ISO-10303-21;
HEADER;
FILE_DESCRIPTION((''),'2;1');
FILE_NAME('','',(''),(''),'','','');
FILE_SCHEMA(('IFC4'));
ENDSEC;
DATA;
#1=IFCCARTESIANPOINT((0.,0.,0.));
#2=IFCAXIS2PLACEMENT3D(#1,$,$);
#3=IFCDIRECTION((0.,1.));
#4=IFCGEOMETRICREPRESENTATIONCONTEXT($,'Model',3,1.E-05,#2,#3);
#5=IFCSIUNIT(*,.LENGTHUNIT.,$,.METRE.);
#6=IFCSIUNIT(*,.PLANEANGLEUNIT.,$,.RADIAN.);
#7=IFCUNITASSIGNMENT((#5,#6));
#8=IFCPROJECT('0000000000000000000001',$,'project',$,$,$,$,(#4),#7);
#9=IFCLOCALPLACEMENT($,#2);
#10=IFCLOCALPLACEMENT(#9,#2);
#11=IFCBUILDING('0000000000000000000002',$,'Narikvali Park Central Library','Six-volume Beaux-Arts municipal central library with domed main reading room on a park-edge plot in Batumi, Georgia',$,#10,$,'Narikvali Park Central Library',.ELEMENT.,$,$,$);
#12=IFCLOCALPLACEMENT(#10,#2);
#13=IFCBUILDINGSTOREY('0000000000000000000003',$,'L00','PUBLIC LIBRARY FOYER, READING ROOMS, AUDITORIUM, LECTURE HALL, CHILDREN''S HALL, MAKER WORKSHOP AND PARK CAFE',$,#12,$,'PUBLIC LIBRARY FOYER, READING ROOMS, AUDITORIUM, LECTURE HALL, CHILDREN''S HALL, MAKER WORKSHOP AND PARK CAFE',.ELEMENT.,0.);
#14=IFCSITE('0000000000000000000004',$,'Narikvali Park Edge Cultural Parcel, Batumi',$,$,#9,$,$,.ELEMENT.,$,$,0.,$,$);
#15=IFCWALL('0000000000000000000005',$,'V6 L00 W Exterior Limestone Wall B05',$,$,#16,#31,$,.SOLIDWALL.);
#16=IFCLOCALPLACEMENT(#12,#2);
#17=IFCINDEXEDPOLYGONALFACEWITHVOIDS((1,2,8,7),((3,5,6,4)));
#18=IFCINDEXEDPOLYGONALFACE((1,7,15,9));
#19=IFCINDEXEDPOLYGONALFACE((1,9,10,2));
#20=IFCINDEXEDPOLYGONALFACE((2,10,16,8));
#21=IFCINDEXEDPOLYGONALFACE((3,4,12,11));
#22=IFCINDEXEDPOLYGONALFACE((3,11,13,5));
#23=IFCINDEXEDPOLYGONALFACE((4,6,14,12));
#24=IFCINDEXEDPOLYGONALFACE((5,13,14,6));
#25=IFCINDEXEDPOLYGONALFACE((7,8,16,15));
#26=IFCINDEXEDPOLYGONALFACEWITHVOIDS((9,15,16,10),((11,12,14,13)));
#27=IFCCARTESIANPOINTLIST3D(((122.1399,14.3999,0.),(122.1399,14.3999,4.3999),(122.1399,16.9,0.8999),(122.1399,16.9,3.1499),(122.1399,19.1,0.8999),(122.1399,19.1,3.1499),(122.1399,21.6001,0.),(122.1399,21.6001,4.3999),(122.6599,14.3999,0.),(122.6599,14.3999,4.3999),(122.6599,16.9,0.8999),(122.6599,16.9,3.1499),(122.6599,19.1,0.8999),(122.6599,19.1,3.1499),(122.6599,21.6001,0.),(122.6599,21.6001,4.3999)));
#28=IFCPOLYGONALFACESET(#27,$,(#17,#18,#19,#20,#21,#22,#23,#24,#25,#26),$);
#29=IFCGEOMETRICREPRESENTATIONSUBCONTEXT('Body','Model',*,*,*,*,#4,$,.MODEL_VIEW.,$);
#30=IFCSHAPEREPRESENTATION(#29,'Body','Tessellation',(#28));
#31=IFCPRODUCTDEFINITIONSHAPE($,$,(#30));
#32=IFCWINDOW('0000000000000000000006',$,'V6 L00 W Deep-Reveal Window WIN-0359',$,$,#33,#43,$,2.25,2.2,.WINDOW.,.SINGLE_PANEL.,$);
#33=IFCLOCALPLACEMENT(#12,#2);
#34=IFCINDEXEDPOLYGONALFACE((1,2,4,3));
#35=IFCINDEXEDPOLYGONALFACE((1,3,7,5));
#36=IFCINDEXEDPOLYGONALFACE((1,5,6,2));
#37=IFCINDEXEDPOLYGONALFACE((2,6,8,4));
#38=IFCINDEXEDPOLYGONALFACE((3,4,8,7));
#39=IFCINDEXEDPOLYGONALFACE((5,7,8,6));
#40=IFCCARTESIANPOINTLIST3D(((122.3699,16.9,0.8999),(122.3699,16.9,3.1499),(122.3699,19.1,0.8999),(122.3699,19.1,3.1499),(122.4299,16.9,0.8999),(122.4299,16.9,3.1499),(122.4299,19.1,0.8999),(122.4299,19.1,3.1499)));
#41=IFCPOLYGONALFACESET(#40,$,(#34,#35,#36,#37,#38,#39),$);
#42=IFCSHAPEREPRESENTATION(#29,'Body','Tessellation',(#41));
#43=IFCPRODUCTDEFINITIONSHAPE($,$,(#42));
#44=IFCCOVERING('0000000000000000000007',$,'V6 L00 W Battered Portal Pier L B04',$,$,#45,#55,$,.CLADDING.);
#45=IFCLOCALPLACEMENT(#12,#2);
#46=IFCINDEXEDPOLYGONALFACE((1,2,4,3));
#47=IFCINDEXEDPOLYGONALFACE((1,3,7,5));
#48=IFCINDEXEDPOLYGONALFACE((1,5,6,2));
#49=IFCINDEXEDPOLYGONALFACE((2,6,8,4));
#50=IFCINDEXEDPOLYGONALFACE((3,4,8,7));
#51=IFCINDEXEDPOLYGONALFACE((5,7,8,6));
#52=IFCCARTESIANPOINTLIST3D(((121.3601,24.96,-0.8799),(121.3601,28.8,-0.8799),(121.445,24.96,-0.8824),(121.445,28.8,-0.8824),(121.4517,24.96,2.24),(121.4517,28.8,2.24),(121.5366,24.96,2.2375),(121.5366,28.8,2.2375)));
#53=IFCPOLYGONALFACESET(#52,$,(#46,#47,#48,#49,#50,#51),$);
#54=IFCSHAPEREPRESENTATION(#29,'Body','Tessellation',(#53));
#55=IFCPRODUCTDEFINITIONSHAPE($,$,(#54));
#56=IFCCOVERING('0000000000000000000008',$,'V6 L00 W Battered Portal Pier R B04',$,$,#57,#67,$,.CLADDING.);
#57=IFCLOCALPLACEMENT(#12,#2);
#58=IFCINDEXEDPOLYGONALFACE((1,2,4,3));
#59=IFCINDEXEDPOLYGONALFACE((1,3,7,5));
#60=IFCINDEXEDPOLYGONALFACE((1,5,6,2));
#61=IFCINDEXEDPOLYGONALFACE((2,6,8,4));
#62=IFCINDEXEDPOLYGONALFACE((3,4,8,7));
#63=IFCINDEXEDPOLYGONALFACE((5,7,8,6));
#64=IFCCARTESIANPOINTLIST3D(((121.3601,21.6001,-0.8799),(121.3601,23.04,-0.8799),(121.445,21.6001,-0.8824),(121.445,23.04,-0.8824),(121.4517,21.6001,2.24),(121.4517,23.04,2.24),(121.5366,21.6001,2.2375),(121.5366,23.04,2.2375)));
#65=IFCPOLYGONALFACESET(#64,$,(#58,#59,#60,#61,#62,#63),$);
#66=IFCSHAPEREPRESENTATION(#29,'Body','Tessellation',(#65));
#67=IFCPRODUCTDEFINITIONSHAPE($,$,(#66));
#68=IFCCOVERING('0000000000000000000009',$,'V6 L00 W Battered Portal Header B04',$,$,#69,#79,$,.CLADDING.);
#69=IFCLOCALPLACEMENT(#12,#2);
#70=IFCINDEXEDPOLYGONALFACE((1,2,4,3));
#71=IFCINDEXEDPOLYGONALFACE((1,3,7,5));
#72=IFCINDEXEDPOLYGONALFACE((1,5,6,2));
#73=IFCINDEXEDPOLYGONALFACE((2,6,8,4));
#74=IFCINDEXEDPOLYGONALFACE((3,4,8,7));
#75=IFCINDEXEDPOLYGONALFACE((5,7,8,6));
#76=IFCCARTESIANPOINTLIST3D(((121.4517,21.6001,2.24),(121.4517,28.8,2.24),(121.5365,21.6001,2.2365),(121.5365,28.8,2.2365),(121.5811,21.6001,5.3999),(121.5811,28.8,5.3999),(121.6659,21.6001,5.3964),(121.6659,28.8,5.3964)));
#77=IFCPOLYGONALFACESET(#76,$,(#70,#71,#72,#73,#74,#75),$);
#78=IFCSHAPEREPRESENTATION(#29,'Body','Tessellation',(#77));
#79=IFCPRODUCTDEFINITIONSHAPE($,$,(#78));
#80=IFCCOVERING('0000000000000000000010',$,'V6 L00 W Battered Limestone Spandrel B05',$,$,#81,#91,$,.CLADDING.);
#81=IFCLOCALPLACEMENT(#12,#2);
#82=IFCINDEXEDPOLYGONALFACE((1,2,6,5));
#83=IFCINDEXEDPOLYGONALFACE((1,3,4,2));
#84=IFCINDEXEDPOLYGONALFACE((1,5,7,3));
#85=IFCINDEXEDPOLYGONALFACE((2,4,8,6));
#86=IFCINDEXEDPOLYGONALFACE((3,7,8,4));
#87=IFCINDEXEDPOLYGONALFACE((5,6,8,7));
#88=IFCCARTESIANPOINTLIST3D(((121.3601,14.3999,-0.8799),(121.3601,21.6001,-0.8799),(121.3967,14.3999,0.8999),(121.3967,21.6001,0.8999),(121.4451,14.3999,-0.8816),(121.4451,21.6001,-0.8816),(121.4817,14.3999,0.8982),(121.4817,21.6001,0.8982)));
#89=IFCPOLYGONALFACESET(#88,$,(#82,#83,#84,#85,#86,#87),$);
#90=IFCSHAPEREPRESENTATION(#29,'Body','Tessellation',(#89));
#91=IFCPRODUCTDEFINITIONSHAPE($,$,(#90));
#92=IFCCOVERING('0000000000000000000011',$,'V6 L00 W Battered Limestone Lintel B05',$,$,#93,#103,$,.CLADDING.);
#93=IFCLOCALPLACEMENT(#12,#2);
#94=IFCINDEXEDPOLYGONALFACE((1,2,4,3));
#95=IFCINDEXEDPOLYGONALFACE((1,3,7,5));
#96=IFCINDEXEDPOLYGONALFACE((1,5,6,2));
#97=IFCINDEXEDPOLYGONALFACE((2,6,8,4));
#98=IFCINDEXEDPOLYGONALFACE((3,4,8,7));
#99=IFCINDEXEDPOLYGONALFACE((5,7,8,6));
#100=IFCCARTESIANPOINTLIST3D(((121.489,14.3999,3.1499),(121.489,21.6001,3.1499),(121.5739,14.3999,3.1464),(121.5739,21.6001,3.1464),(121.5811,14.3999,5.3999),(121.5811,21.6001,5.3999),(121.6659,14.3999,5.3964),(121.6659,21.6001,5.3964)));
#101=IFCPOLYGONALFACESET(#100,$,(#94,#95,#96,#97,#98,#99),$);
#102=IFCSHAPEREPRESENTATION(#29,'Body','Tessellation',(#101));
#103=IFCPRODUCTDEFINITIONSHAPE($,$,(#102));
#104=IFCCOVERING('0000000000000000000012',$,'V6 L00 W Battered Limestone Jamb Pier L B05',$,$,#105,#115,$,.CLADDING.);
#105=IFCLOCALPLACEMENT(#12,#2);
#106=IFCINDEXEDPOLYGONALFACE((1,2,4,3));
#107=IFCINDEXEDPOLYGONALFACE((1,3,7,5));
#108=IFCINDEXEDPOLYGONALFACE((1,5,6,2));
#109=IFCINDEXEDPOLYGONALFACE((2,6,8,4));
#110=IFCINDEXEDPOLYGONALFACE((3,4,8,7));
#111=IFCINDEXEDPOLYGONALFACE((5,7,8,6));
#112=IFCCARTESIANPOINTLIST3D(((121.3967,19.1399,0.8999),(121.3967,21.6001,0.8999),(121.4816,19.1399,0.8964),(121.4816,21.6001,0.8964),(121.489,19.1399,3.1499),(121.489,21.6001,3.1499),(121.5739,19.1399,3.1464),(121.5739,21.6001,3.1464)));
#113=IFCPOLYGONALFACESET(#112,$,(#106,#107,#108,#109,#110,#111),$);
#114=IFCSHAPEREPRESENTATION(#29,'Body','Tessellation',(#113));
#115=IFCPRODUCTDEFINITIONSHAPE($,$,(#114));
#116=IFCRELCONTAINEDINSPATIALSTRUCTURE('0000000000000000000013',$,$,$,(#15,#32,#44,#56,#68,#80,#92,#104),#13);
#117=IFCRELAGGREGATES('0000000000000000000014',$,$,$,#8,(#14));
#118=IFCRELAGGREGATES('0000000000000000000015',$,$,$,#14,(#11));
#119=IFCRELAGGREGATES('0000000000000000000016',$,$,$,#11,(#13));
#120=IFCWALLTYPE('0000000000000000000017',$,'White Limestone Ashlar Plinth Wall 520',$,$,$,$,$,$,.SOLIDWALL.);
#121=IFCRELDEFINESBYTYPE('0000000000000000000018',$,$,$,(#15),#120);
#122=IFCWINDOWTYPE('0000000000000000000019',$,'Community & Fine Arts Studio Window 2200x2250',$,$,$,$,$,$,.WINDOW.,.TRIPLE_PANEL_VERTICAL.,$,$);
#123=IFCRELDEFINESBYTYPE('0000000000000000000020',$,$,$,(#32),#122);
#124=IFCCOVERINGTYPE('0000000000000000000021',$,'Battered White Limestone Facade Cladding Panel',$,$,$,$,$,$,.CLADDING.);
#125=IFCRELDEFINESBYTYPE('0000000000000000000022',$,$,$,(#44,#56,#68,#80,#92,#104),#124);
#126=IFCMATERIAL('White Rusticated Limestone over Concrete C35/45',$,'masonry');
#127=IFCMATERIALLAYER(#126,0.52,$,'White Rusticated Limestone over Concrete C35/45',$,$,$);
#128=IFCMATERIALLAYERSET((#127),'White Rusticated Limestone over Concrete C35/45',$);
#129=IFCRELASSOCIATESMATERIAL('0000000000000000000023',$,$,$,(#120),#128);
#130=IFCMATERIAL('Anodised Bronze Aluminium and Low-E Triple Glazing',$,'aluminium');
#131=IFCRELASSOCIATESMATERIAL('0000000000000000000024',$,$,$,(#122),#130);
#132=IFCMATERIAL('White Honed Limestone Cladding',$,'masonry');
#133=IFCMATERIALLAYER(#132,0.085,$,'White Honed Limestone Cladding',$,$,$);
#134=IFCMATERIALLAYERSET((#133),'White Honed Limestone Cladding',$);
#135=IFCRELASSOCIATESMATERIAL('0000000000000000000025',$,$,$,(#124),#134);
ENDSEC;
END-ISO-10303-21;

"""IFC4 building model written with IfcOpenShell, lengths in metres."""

from ifc_helpers import new_model, si_unit, direction, frame, frame_2d, origin, place, context, subcontext, project, spatial, polyline, rectangle, outline, extrude, material, layer, layer_set, type_object, element, fill, save


model = new_model("IFC4")

# Units and contexts
model_context = context("Model", 3, precision=1e-05, world=origin(), true_north=direction((0.0, 1.0)))
body_context = subcontext(model_context, "Body", "Model", "MODEL_VIEW")
ifc_project = project(units=[si_unit("LENGTHUNIT", "METRE"), si_unit("PLANEANGLEUNIT", "RADIAN")], contexts=[model_context])

# Site, building, storey
site_placement = place(None, origin())
site = spatial("IfcSite", under=ifc_project, at=site_placement, Name="Narikvali Park Edge Cultural Parcel, Batumi", CompositionType="ELEMENT", RefElevation=0.0)
building_placement = place(site_placement, origin())
building = spatial("IfcBuilding", under=site, at=building_placement, Name="Narikvali Park Central Library", Description="Six-volume Beaux-Arts municipal central library with domed main reading room on a park-edge plot in Batumi, Georgia", LongName="Narikvali Park Central Library", CompositionType="ELEMENT")
storey_placement = place(building_placement, origin())
storey = spatial("IfcBuildingStorey", under=building, at=storey_placement, Name="L00", Description="PUBLIC LIBRARY FOYER, READING ROOMS, AUDITORIUM, LECTURE HALL, CHILDREN'S HALL, MAKER WORKSHOP AND PARK CAFE", LongName="PUBLIC LIBRARY FOYER, READING ROOMS, AUDITORIUM, LECTURE HALL, CHILDREN'S HALL, MAKER WORKSHOP AND PARK CAFE", CompositionType="ELEMENT", Elevation=0.0)

# Shared definitions
ifc_material_1 = material(Name="White Rusticated Limestone over Concrete C35/45", Category="masonry")
ifc_layer_1 = layer(ifc_material_1, 0.52, Name="White Rusticated Limestone over Concrete C35/45")
ifc_layer_set_1 = layer_set([ifc_layer_1], Name="White Rusticated Limestone over Concrete C35/45")
wall_type_1 = type_object("IfcWallType", Name="White Limestone Ashlar Plinth Wall 520", PredefinedType="SOLIDWALL", material=ifc_layer_set_1)

# Wall, opening, window
wall_1_placement = place(storey_placement, frame((122.3999, 21.6001, 0.0), z_axis=(0.0, 0.0, 1.0), x_axis=(0.0, -1.0, 0.0)))
wall_1 = element("IfcWall", 1, at=wall_1_placement, inside=storey, type_object=wall_type_1, Name="V6 L00 W Exterior Limestone Wall B05", PredefinedType="SOLIDWALL", context=body_context, shape_type="SweptSolid", body=[
    extrude(rectangle(XDim=7.2002, YDim=0.52, at=frame_2d((3.6001, 0.0))), origin(), (0.0, 0.0, 1.0), 4.3999),
])
opening_1_placement = place(wall_1_placement, frame((2.5, 0.0, 0.8999)))
opening_1 = element("IfcOpeningElement", 2, at=opening_1_placement, cuts=wall_1, PredefinedType="OPENING", context=body_context, shape_type="SweptSolid", body=[
    extrude(rectangle(XDim=2.2, YDim=2.25, at=frame_2d((1.1001, 1.125))), frame((0.0, 0.272, 0.0), z_axis=(0.0, -1.0, 0.0), x_axis=(1.0, 0.0, 0.0)), (0.0, 0.0, 1.0), 0.5439),
])
ifc_material_2 = material(Name="Anodised Bronze Aluminium and Low-E Triple Glazing", Category="aluminium")
window_type = type_object("IfcWindowType", Name="Community & Fine Arts Studio Window 2200x2250", PartitioningType="TRIPLE_PANEL_VERTICAL", PredefinedType="WINDOW", material=ifc_material_2)
window_placement = place(opening_1_placement, origin())
window = element("IfcWindow", 3, at=window_placement, inside=storey, type_object=window_type, Name="V6 L00 W Deep-Reveal Window WIN-0359", OverallHeight=2.25, OverallWidth=2.2, PartitioningType="SINGLE_PANEL", PredefinedType="WINDOW", context=body_context, shape_type="SweptSolid", body=[
    extrude(rectangle(XDim=2.2, YDim=2.25, at=frame_2d((1.1001, 1.125))), frame((0.0, 0.03, 0.0), z_axis=(0.0, -1.0, 0.0), x_axis=(1.0, 0.0, 0.0)), (0.0, 0.0, 1.0), 0.0601),
])
fill(opening_1, window)

# Coverings
ifc_material_3 = material(Name="White Honed Limestone Cladding", Category="masonry")
ifc_layer_2 = layer(ifc_material_3, 0.085, Name="White Honed Limestone Cladding")
ifc_layer_set_2 = layer_set([ifc_layer_2], Name="White Honed Limestone Cladding")
covering_type = type_object("IfcCoveringType", Name="Battered White Limestone Facade Cladding Panel", PredefinedType="CLADDING", material=ifc_layer_set_2)
covering_1_placement = place(storey_placement, frame((121.3601, 28.8, -0.8799), z_axis=(-0.99957, 0.0, 0.029332), x_axis=(0.0, -1.0, 0.0)))
element("IfcCovering", 4, at=covering_1_placement, inside=storey, type_object=covering_type, Name="V6 L00 W Battered Portal Pier L B04", PredefinedType="CLADDING", context=body_context, shape_type="SweptSolid", body=[
    extrude(outline(polyline([(0.0, 0.0), (3.8401, 0.0), (3.8401, 3.1212), (0.0, 3.1212), (0.0, 0.0)])), origin(), (0.0, 0.0, -1.0), 0.085),
])
covering_2_placement = place(storey_placement, frame((121.3601, 23.04, -0.8799), z_axis=(-0.99957, 0.0, 0.029332), x_axis=(0.0, -1.0, 0.0)))
element("IfcCovering", 5, at=covering_2_placement, inside=storey, type_object=covering_type, Name="V6 L00 W Battered Portal Pier R B04", PredefinedType="CLADDING", context=body_context, shape_type="SweptSolid", body=[
    extrude(outline(polyline([(0.0, 0.0), (1.4399, 0.0), (1.4399, 3.1212), (0.0, 3.1212), (0.0, 0.0)])), origin(), (0.0, 0.0, -1.0), 0.085),
])
covering_3_placement = place(storey_placement, frame((121.4517, 28.8, 2.24), z_axis=(-0.999163, 0.0, 0.040914), x_axis=(0.0, -1.0, 0.0)))
element("IfcCovering", 6, at=covering_3_placement, inside=storey, type_object=covering_type, Name="V6 L00 W Battered Portal Header B04", PredefinedType="CLADDING", context=body_context, shape_type="SweptSolid", body=[
    extrude(outline(polyline([(0.0, 0.0), (7.2, 0.0), (7.2, 3.1626), (0.0, 3.1626), (0.0, 0.0)])), origin(), (0.0, 0.0, -1.0), 0.085),
])
covering_4_placement = place(storey_placement, frame((121.3601, 21.6001, -0.8799), z_axis=(-0.999788, 0.0, 0.020572), x_axis=(0.0, -1.0, 0.0)))
element("IfcCovering", 7, at=covering_4_placement, inside=storey, type_object=covering_type, Name="V6 L00 W Battered Limestone Spandrel B05", PredefinedType="CLADDING", context=body_context, shape_type="SweptSolid", body=[
    extrude(outline(polyline([(0.0, 0.0), (7.2002, 0.0), (7.2002, 1.7802), (0.0, 1.7802), (0.0, 0.0)])), origin(), (0.0, 0.0, -1.0), 0.085),
])
covering_5_placement = place(storey_placement, frame((121.489, 21.6001, 3.1499), z_axis=(-0.999164, 0.0, 0.040873), x_axis=(0.0, -1.0, 0.0)))
element("IfcCovering", 8, at=covering_5_placement, inside=storey, type_object=covering_type, Name="V6 L00 W Battered Limestone Lintel B05", PredefinedType="CLADDING", context=body_context, shape_type="SweptSolid", body=[
    extrude(outline(polyline([(0.0, 0.0), (7.2002, 0.0), (7.2002, 2.2519), (0.0, 2.2519), (0.0, 0.0)])), origin(), (0.0, 0.0, -1.0), 0.085),
])
covering_6_placement = place(storey_placement, frame((121.3967, 21.6001, 0.8999), z_axis=(-0.99916, 0.0, 0.040981), x_axis=(0.0, -1.0, 0.0)))
element("IfcCovering", 9, at=covering_6_placement, inside=storey, type_object=covering_type, Name="V6 L00 W Battered Limestone Jamb Pier L B05", PredefinedType="CLADDING", context=body_context, shape_type="SweptSolid", body=[
    extrude(outline(polyline([(0.0, 0.0), (2.4602, 0.0), (2.4602, 2.2519), (0.0, 2.2519), (0.0, 0.0)])), origin(), (0.0, 0.0, -1.0), 0.085),
])

save(model, "model.ifc")
